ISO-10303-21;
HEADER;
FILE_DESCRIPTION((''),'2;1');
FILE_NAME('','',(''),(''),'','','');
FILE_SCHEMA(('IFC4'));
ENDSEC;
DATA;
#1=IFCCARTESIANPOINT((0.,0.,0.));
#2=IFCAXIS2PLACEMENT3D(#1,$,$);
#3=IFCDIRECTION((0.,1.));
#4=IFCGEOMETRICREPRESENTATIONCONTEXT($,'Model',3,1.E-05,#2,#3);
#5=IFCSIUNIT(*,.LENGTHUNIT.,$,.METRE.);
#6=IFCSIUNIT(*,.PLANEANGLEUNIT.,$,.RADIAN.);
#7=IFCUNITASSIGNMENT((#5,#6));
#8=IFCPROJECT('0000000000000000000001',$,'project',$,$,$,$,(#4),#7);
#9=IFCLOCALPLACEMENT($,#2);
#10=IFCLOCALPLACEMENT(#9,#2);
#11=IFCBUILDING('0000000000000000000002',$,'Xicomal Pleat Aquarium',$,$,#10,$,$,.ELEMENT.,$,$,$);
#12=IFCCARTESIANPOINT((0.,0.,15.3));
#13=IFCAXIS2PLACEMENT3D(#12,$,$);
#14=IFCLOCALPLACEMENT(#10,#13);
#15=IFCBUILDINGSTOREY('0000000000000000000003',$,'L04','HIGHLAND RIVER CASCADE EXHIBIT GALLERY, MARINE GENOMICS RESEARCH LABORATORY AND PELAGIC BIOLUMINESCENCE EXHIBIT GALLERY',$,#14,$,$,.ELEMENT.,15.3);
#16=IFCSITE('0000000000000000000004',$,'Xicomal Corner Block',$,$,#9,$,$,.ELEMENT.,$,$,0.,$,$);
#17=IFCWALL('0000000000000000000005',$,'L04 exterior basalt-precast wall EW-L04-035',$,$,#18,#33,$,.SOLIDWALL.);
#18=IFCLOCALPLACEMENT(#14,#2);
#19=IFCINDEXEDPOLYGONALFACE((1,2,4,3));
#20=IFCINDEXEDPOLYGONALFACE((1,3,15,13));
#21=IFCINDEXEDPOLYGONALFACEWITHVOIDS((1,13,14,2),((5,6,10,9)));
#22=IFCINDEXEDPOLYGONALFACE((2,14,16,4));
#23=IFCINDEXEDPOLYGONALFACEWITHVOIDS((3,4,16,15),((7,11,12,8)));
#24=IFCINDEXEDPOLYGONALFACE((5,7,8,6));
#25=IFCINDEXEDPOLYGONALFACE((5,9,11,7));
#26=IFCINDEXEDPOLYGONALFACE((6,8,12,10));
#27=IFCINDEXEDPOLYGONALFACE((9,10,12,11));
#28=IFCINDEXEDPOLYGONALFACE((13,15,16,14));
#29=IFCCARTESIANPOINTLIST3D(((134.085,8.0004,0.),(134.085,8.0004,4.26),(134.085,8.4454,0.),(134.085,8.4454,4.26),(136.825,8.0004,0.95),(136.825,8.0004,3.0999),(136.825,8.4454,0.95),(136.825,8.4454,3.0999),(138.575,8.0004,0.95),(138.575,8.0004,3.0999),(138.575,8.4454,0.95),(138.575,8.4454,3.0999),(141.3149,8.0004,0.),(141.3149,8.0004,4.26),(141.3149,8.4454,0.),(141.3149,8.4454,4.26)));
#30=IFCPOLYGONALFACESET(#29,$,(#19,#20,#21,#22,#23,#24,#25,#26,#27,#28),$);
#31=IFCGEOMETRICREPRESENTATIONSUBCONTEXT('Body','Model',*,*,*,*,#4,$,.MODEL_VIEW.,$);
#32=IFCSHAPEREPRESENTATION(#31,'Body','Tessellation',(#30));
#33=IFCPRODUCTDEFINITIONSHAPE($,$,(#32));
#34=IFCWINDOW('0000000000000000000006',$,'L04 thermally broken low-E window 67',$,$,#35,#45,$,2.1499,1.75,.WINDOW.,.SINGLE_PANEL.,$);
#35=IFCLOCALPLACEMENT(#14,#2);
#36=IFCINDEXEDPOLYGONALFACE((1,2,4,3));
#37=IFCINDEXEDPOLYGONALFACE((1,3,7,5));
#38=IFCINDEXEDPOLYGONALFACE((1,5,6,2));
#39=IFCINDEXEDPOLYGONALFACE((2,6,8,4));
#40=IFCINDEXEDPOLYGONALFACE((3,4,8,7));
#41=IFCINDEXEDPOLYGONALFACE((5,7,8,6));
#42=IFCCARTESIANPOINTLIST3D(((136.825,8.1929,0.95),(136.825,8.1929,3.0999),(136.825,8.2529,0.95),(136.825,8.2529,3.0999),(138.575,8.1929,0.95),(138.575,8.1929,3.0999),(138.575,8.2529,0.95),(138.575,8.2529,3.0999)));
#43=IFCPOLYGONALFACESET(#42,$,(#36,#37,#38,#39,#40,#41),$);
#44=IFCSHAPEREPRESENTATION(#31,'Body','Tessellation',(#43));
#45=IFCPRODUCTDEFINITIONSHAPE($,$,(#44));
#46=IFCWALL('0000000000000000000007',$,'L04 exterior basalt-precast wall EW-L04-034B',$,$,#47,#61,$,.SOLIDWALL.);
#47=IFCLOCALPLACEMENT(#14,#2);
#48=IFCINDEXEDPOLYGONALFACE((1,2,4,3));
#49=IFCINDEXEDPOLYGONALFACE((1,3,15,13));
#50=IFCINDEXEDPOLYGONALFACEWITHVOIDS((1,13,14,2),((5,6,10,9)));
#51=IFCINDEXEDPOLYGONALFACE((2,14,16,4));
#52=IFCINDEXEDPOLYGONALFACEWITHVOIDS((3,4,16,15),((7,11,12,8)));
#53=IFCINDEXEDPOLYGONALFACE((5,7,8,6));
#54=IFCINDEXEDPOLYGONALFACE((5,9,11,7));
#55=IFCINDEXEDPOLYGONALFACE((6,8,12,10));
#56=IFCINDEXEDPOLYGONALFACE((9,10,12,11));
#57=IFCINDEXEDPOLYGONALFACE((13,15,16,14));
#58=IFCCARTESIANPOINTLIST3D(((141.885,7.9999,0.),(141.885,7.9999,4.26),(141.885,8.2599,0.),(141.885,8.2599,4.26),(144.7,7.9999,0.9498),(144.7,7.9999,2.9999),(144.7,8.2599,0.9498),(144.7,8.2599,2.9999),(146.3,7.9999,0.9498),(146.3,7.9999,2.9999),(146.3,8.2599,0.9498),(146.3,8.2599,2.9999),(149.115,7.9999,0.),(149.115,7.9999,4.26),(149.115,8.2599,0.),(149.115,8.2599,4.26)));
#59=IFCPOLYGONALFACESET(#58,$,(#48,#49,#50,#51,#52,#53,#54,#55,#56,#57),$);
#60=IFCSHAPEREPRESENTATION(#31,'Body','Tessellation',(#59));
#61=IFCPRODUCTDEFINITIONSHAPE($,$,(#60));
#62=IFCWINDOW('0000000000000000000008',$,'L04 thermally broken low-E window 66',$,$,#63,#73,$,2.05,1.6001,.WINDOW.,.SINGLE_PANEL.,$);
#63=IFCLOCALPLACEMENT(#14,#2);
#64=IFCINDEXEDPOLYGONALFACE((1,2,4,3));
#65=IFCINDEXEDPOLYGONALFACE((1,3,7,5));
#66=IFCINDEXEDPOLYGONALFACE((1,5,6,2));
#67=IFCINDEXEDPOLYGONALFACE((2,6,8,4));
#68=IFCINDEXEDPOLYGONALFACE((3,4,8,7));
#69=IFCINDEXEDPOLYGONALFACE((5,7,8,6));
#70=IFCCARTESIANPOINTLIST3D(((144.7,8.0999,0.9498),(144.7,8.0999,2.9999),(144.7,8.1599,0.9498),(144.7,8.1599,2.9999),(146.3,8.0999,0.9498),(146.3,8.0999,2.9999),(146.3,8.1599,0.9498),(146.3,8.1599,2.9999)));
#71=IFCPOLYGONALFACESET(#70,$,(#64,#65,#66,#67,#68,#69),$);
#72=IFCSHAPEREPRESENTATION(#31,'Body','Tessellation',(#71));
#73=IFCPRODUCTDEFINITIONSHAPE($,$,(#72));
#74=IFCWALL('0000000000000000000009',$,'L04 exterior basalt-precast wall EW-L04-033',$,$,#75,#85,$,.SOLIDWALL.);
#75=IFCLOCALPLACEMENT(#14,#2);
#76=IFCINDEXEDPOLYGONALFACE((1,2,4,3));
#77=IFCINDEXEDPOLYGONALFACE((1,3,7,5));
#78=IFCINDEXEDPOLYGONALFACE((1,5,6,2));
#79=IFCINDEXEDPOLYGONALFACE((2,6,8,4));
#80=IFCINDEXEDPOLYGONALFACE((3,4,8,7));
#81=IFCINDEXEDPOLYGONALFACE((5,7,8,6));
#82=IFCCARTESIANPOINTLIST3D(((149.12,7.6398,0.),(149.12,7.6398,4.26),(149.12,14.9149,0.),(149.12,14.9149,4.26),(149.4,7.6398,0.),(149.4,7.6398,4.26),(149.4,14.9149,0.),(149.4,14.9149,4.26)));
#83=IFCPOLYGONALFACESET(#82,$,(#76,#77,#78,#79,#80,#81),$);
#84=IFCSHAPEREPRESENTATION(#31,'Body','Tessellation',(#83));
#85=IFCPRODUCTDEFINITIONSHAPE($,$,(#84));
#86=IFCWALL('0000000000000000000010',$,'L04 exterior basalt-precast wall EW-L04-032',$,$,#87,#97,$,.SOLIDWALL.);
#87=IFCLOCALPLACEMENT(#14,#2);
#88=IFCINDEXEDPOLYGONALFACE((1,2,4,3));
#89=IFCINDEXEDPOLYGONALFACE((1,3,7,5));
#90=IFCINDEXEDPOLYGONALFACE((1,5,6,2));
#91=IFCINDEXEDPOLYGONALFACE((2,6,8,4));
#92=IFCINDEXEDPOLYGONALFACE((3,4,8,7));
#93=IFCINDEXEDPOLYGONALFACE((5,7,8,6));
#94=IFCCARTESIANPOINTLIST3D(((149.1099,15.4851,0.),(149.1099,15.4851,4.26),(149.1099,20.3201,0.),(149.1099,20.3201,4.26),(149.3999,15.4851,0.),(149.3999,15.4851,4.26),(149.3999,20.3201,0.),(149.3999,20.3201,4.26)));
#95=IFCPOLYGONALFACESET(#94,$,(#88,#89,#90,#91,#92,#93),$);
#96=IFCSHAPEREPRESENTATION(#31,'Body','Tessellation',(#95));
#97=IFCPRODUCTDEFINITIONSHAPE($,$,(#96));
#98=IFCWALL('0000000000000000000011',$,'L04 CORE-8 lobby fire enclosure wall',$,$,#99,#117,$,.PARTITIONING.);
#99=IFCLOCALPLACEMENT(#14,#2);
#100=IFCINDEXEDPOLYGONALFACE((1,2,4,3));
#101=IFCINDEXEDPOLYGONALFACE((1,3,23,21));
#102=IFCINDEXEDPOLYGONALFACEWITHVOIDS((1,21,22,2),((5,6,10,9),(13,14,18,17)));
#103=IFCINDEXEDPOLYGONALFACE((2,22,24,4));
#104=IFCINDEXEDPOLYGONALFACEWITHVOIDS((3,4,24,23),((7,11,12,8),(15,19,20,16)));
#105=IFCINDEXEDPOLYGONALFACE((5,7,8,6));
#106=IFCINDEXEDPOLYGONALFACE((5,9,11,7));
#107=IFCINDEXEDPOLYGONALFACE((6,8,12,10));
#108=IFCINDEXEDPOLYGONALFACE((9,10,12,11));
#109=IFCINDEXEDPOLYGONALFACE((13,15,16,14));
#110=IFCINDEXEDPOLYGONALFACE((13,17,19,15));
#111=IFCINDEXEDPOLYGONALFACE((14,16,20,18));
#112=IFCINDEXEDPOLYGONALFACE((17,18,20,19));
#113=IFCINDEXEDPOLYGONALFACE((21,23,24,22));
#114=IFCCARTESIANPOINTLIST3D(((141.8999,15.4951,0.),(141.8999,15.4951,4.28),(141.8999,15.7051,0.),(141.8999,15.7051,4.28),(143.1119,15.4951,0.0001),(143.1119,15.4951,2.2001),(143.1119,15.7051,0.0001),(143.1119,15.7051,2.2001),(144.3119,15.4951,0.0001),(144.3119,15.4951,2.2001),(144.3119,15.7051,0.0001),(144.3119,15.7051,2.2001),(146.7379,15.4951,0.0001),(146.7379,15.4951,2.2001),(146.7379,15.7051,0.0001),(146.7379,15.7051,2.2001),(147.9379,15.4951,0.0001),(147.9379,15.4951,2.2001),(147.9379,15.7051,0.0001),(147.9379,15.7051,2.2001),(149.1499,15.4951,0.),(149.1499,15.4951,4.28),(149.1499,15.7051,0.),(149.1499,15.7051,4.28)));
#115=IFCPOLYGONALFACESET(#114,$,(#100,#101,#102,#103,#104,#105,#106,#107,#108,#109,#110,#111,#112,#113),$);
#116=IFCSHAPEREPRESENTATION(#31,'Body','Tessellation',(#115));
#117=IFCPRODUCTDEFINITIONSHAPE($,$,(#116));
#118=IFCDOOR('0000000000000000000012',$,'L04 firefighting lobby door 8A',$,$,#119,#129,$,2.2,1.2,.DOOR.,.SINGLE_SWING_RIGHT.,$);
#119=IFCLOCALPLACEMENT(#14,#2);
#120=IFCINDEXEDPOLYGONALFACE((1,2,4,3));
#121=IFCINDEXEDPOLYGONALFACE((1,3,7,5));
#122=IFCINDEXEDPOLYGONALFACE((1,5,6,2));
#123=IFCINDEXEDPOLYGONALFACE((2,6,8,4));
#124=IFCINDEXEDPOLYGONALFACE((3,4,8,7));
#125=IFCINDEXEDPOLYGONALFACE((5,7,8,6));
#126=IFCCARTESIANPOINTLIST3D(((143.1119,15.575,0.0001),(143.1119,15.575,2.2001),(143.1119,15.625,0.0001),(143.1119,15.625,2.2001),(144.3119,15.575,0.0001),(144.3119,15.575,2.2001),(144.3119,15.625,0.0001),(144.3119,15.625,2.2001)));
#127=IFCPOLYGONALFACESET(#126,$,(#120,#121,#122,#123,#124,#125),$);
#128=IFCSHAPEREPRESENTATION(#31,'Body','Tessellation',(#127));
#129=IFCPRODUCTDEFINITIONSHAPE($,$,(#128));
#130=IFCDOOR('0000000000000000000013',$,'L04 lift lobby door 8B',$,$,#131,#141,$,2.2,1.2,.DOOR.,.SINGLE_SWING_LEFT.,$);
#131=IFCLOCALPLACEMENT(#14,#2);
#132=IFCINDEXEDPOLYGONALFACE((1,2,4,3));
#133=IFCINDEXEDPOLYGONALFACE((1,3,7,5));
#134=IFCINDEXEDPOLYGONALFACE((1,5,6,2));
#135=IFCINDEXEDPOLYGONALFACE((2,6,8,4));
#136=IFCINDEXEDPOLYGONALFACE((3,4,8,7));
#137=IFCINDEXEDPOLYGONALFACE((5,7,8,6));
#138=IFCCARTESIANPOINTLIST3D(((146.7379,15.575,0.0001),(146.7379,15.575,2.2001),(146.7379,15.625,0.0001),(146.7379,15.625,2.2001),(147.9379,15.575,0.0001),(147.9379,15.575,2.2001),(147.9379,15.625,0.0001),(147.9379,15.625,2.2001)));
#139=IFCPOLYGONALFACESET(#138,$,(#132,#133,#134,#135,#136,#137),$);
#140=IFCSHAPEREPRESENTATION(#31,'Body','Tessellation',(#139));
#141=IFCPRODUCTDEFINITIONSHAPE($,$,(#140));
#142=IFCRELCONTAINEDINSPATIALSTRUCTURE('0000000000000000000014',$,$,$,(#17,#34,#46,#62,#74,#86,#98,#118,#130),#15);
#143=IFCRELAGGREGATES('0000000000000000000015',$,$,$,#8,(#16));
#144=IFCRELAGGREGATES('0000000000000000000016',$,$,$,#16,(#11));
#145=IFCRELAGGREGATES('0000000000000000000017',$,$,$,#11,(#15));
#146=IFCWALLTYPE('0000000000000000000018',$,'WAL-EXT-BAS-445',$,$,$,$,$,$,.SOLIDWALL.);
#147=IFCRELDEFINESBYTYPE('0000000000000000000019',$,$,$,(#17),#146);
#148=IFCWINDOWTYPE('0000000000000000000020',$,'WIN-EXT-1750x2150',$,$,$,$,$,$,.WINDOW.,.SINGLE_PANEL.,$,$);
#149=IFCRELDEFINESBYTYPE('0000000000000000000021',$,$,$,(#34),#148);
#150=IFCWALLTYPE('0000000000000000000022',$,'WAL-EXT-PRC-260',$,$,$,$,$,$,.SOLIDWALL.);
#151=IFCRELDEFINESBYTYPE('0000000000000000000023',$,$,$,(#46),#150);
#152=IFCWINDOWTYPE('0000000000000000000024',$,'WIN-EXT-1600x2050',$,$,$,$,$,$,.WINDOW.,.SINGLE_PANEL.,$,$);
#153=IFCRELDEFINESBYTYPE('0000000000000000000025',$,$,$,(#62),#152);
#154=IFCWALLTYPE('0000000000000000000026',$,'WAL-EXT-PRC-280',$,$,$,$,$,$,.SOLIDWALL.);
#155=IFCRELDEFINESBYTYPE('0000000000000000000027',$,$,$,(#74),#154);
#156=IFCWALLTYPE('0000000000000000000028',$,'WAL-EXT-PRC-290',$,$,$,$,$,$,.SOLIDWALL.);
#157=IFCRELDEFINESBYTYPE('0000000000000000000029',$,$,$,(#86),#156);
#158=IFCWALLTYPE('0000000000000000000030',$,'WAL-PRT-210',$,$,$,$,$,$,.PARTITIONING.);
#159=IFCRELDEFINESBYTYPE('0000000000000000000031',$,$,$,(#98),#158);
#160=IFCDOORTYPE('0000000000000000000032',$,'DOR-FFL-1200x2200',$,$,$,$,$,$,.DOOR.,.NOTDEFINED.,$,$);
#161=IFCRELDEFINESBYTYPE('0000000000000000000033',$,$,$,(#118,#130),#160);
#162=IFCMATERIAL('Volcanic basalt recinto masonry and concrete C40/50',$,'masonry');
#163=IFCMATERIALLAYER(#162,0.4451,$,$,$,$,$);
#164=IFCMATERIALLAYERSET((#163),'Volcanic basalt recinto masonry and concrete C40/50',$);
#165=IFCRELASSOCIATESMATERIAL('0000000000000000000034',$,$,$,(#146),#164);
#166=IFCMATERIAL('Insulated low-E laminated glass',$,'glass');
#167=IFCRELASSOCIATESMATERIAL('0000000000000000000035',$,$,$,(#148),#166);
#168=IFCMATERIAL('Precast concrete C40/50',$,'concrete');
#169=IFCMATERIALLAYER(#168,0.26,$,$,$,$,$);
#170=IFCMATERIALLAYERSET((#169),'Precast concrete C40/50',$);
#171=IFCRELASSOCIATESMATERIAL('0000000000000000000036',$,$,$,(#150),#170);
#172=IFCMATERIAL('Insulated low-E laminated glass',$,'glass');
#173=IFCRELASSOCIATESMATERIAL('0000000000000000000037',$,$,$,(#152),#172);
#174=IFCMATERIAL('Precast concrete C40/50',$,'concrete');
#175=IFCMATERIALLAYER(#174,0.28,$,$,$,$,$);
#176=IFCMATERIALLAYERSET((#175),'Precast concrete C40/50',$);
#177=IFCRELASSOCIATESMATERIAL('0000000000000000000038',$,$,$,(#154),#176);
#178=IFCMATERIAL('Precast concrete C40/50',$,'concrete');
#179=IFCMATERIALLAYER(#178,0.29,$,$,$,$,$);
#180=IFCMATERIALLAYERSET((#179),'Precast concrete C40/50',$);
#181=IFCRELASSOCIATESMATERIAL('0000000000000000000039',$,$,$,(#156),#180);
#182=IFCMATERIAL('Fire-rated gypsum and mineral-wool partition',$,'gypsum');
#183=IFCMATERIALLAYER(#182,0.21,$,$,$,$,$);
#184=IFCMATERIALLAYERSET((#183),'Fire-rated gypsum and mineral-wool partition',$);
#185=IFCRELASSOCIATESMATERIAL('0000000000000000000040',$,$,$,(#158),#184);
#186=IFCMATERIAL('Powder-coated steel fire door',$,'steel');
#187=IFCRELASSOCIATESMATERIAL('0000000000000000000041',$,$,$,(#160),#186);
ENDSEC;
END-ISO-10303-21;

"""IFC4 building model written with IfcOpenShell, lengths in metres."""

from ifc_helpers import new_model, si_unit, direction, frame, frame_2d, origin, place, context, subcontext, project, spatial, rectangle, extrude, material, layer, layer_set, type_object, element, fill, save


model = new_model("IFC4")

# Units and contexts
model_context = context("Model", 3, precision=1e-05, world=origin(), true_north=direction((0.0, 1.0)))
body_context = subcontext(model_context, "Body", "Model", "MODEL_VIEW")
ifc_project = project(units=[si_unit("LENGTHUNIT", "METRE"), si_unit("PLANEANGLEUNIT", "RADIAN")], contexts=[model_context])

# Site, building, storey
site_placement = place(None, origin())
site = spatial("IfcSite", under=ifc_project, at=site_placement, Name="Xicomal Corner Block", CompositionType="ELEMENT", RefElevation=0.0)
building_placement = place(site_placement, origin())
building = spatial("IfcBuilding", under=site, at=building_placement, Name="Xicomal Pleat Aquarium", CompositionType="ELEMENT")
storey_placement = place(building_placement, frame((0.0, 0.0, 15.3)))
storey = spatial("IfcBuildingStorey", under=building, at=storey_placement, Name="L04", Description="HIGHLAND RIVER CASCADE EXHIBIT GALLERY, MARINE GENOMICS RESEARCH LABORATORY AND PELAGIC BIOLUMINESCENCE EXHIBIT GALLERY", CompositionType="ELEMENT", Elevation=15.3)

# Walls, openings, windows
ifc_material_1 = material(Name="Volcanic basalt recinto masonry and concrete C40/50", Category="masonry")
ifc_layer_1 = layer(ifc_material_1, 0.4451)
ifc_layer_set_1 = layer_set([ifc_layer_1], Name="Volcanic basalt recinto masonry and concrete C40/50")
wall_type_1 = type_object("IfcWallType", Name="WAL-EXT-BAS-445", PredefinedType="SOLIDWALL", material=ifc_layer_set_1)
wall_1_placement = place(storey_placement, frame((141.3149, 8.2229, 0.0), z_axis=(0.0, 0.0, 1.0), x_axis=(-1.0, 0.0, 0.0)))
wall_1 = element("IfcWall", 1, at=wall_1_placement, inside=storey, type_object=wall_type_1, Name="L04 exterior basalt-precast wall EW-L04-035", PredefinedType="SOLIDWALL", context=body_context, shape_type="SweptSolid", body=[
    extrude(rectangle(XDim=7.23, YDim=0.4451, at=frame_2d((3.615, 0.0))), origin(), (0.0, 0.0, 1.0), 4.26),
])
opening_1_placement = place(wall_1_placement, frame((2.74, 0.0, 0.95)))
opening_1 = element("IfcOpeningElement", 2, at=opening_1_placement, cuts=wall_1, PredefinedType="OPENING", context=body_context, shape_type="SweptSolid", body=[
    extrude(rectangle(XDim=1.75, YDim=2.1499, at=frame_2d((0.875, 1.075))), frame((0.0, 0.2324, 0.0), z_axis=(0.0, -1.0, 0.0), x_axis=(1.0, 0.0, 0.0)), (0.0, 0.0, 1.0), 0.4651),
])
ifc_material_2 = material(Name="Insulated low-E laminated glass", Category="glass")
window_type_1 = type_object("IfcWindowType", Name="WIN-EXT-1750x2150", PartitioningType="SINGLE_PANEL", PredefinedType="WINDOW", material=ifc_material_2)
window_1_placement = place(opening_1_placement, origin())
window_1 = element("IfcWindow", 3, at=window_1_placement, inside=storey, type_object=window_type_1, Name="L04 thermally broken low-E window 67", OverallHeight=2.1499, OverallWidth=1.75, PartitioningType="SINGLE_PANEL", PredefinedType="WINDOW", context=body_context, shape_type="SweptSolid", body=[
    extrude(rectangle(XDim=1.75, YDim=2.1499, at=frame_2d((0.875, 1.075))), frame((0.0, 0.03, 0.0), z_axis=(0.0, -1.0, 0.0), x_axis=(1.0, 0.0, 0.0)), (0.0, 0.0, 1.0), 0.0601),
])
fill(opening_1, window_1)
ifc_material_3 = material(Name="Precast concrete C40/50", Category="concrete")
ifc_layer_2 = layer(ifc_material_3, 0.26)
ifc_layer_set_2 = layer_set([ifc_layer_2], Name="Precast concrete C40/50")
wall_type_2 = type_object("IfcWallType", Name="WAL-EXT-PRC-260", PredefinedType="SOLIDWALL", material=ifc_layer_set_2)
wall_2_placement = place(storey_placement, frame((149.115, 8.1299, 0.0), z_axis=(0.0, 0.0, 1.0), x_axis=(-1.0, 0.0, 0.0)))
wall_2 = element("IfcWall", 4, at=wall_2_placement, inside=storey, type_object=wall_type_2, Name="L04 exterior basalt-precast wall EW-L04-034B", PredefinedType="SOLIDWALL", context=body_context, shape_type="SweptSolid", body=[
    extrude(rectangle(XDim=7.23, YDim=0.26, at=frame_2d((3.615, 0.0))), origin(), (0.0, 0.0, 1.0), 4.26),
])
opening_2_placement = place(wall_2_placement, frame((2.8149, 0.0, 0.95)))
opening_2 = element("IfcOpeningElement", 5, at=opening_2_placement, cuts=wall_2, PredefinedType="OPENING", context=body_context, shape_type="SweptSolid", body=[
    extrude(rectangle(XDim=1.6001, YDim=2.05, at=frame_2d((0.8, 1.0249))), frame((0.0, 0.1399, 0.0), z_axis=(0.0, -1.0, 0.0), x_axis=(1.0, 0.0, 0.0)), (0.0, 0.0, 1.0), 0.28),
])
ifc_material_4 = material(Name="Insulated low-E laminated glass", Category="glass")
window_type_2 = type_object("IfcWindowType", Name="WIN-EXT-1600x2050", PartitioningType="SINGLE_PANEL", PredefinedType="WINDOW", material=ifc_material_4)
window_2_placement = place(opening_2_placement, origin())
window_2 = element("IfcWindow", 6, at=window_2_placement, inside=storey, type_object=window_type_2, Name="L04 thermally broken low-E window 66", OverallHeight=2.05, OverallWidth=1.6001, PartitioningType="SINGLE_PANEL", PredefinedType="WINDOW", context=body_context, shape_type="SweptSolid", body=[
    extrude(rectangle(XDim=1.6001, YDim=2.05, at=frame_2d((0.8, 1.0249))), frame((0.0, 0.03, 0.0), z_axis=(0.0, -1.0, 0.0), x_axis=(1.0, 0.0, 0.0)), (0.0, 0.0, 1.0), 0.0601),
])
fill(opening_2, window_2)

# Walls
ifc_material_5 = material(Name="Precast concrete C40/50", Category="concrete")
ifc_layer_3 = layer(ifc_material_5, 0.28)
ifc_layer_set_3 = layer_set([ifc_layer_3], Name="Precast concrete C40/50")
wall_type_3 = type_object("IfcWallType", Name="WAL-EXT-PRC-280", PredefinedType="SOLIDWALL", material=ifc_layer_set_3)
wall_3_placement = place(storey_placement, frame((149.26, 14.915, 0.0), z_axis=(0.0, 0.0, 1.0), x_axis=(0.0, -1.0, 0.0)))
element("IfcWall", 7, at=wall_3_placement, inside=storey, type_object=wall_type_3, Name="L04 exterior basalt-precast wall EW-L04-033", PredefinedType="SOLIDWALL", context=body_context, shape_type="SweptSolid", body=[
    extrude(rectangle(XDim=7.2751, YDim=0.28, at=frame_2d((3.6377, 0.0))), origin(), (0.0, 0.0, 1.0), 4.26),
])
ifc_material_6 = material(Name="Precast concrete C40/50", Category="concrete")
ifc_layer_4 = layer(ifc_material_6, 0.29)
ifc_layer_set_4 = layer_set([ifc_layer_4], Name="Precast concrete C40/50")
wall_type_4 = type_object("IfcWallType", Name="WAL-EXT-PRC-290", PredefinedType="SOLIDWALL", material=ifc_layer_set_4)
wall_4_placement = place(storey_placement, frame((149.2549, 20.3201, 0.0), z_axis=(0.0, 0.0, 1.0), x_axis=(0.0, -1.0, 0.0)))
element("IfcWall", 8, at=wall_4_placement, inside=storey, type_object=wall_type_4, Name="L04 exterior basalt-precast wall EW-L04-032", PredefinedType="SOLIDWALL", context=body_context, shape_type="SweptSolid", body=[
    extrude(rectangle(XDim=4.835, YDim=0.29, at=frame_2d((2.4175, 0.0))), origin(), (0.0, 0.0, 1.0), 4.26),
])

# Wall, openings, doors
ifc_material_7 = material(Name="Fire-rated gypsum and mineral-wool partition", Category="gypsum")
ifc_layer_5 = layer(ifc_material_7, 0.21)
ifc_layer_set_5 = layer_set([ifc_layer_5], Name="Fire-rated gypsum and mineral-wool partition")
wall_type_5 = type_object("IfcWallType", Name="WAL-PRT-210", PredefinedType="PARTITIONING", material=ifc_layer_set_5)
wall_5_placement = place(storey_placement, frame((141.8999, 15.6001, 0.0), z_axis=(0.0, 0.0, 1.0), x_axis=(1.0, 0.0, 0.0)))
wall_5 = element("IfcWall", 9, at=wall_5_placement, inside=storey, type_object=wall_type_5, Name="L04 CORE-8 lobby fire enclosure wall", PredefinedType="PARTITIONING", context=body_context, shape_type="SweptSolid", body=[
    extrude(rectangle(XDim=7.25, YDim=0.21, at=frame_2d((3.625, 0.0))), origin(), (0.0, 0.0, 1.0), 4.28),
])
opening_3_placement = place(wall_5_placement, frame((1.2119, 0.0, 0.0)))
opening_3 = element("IfcOpeningElement", 10, at=opening_3_placement, cuts=wall_5, PredefinedType="OPENING", context=body_context, shape_type="SweptSolid", body=[
    extrude(rectangle(XDim=1.2, YDim=2.2, at=frame_2d((0.6001, 1.1001))), frame((0.0, 0.115, 0.0), z_axis=(0.0, -1.0, 0.0), x_axis=(1.0, 0.0, 0.0)), (0.0, 0.0, 1.0), 0.23),
])
opening_4_placement = place(wall_5_placement, frame((4.8379, 0.0, 0.0)))
opening_4 = element("IfcOpeningElement", 11, at=opening_4_placement, cuts=wall_5, PredefinedType="OPENING", context=body_context, shape_type="SweptSolid", body=[
    extrude(rectangle(XDim=1.2, YDim=2.2, at=frame_2d((0.6001, 1.1001))), frame((0.0, 0.115, 0.0), z_axis=(0.0, -1.0, 0.0), x_axis=(1.0, 0.0, 0.0)), (0.0, 0.0, 1.0), 0.23),
])
ifc_material_8 = material(Name="Powder-coated steel fire door", Category="steel")
door_type_1 = type_object("IfcDoorType", Name="DOR-FFL-1200x2200", OperationType="NOTDEFINED", PredefinedType="DOOR", material=ifc_material_8)
door_1_placement = place(opening_3_placement, origin())
door_1 = element("IfcDoor", 12, at=door_1_placement, inside=storey, type_object=door_type_1, Name="L04 firefighting lobby door 8A", OperationType="SINGLE_SWING_RIGHT", OverallHeight=2.2, OverallWidth=1.2, PredefinedType="DOOR", context=body_context, shape_type="SweptSolid", body=[
    extrude(rectangle(XDim=1.2, YDim=2.2, at=frame_2d((0.6001, 1.1001))), frame((0.0, 0.0249, 0.0), z_axis=(0.0, -1.0, 0.0), x_axis=(1.0, 0.0, 0.0)), (0.0, 0.0, 1.0), 0.05),
])
fill(opening_3, door_1)
door_2_placement = place(opening_4_placement, origin())
door_2 = element("IfcDoor", 13, at=door_2_placement, inside=storey, type_object=door_type_1, Name="L04 lift lobby door 8B", OperationType="SINGLE_SWING_LEFT", OverallHeight=2.2, OverallWidth=1.2, PredefinedType="DOOR", context=body_context, shape_type="SweptSolid", body=[
    extrude(rectangle(XDim=1.2, YDim=2.2, at=frame_2d((0.6001, 1.1001))), frame((0.0, 0.0249, 0.0), z_axis=(0.0, -1.0, 0.0), x_axis=(1.0, 0.0, 0.0)), (0.0, 0.0, 1.0), 0.05),
])
fill(opening_4, door_2)

save(model, "model.ifc")
